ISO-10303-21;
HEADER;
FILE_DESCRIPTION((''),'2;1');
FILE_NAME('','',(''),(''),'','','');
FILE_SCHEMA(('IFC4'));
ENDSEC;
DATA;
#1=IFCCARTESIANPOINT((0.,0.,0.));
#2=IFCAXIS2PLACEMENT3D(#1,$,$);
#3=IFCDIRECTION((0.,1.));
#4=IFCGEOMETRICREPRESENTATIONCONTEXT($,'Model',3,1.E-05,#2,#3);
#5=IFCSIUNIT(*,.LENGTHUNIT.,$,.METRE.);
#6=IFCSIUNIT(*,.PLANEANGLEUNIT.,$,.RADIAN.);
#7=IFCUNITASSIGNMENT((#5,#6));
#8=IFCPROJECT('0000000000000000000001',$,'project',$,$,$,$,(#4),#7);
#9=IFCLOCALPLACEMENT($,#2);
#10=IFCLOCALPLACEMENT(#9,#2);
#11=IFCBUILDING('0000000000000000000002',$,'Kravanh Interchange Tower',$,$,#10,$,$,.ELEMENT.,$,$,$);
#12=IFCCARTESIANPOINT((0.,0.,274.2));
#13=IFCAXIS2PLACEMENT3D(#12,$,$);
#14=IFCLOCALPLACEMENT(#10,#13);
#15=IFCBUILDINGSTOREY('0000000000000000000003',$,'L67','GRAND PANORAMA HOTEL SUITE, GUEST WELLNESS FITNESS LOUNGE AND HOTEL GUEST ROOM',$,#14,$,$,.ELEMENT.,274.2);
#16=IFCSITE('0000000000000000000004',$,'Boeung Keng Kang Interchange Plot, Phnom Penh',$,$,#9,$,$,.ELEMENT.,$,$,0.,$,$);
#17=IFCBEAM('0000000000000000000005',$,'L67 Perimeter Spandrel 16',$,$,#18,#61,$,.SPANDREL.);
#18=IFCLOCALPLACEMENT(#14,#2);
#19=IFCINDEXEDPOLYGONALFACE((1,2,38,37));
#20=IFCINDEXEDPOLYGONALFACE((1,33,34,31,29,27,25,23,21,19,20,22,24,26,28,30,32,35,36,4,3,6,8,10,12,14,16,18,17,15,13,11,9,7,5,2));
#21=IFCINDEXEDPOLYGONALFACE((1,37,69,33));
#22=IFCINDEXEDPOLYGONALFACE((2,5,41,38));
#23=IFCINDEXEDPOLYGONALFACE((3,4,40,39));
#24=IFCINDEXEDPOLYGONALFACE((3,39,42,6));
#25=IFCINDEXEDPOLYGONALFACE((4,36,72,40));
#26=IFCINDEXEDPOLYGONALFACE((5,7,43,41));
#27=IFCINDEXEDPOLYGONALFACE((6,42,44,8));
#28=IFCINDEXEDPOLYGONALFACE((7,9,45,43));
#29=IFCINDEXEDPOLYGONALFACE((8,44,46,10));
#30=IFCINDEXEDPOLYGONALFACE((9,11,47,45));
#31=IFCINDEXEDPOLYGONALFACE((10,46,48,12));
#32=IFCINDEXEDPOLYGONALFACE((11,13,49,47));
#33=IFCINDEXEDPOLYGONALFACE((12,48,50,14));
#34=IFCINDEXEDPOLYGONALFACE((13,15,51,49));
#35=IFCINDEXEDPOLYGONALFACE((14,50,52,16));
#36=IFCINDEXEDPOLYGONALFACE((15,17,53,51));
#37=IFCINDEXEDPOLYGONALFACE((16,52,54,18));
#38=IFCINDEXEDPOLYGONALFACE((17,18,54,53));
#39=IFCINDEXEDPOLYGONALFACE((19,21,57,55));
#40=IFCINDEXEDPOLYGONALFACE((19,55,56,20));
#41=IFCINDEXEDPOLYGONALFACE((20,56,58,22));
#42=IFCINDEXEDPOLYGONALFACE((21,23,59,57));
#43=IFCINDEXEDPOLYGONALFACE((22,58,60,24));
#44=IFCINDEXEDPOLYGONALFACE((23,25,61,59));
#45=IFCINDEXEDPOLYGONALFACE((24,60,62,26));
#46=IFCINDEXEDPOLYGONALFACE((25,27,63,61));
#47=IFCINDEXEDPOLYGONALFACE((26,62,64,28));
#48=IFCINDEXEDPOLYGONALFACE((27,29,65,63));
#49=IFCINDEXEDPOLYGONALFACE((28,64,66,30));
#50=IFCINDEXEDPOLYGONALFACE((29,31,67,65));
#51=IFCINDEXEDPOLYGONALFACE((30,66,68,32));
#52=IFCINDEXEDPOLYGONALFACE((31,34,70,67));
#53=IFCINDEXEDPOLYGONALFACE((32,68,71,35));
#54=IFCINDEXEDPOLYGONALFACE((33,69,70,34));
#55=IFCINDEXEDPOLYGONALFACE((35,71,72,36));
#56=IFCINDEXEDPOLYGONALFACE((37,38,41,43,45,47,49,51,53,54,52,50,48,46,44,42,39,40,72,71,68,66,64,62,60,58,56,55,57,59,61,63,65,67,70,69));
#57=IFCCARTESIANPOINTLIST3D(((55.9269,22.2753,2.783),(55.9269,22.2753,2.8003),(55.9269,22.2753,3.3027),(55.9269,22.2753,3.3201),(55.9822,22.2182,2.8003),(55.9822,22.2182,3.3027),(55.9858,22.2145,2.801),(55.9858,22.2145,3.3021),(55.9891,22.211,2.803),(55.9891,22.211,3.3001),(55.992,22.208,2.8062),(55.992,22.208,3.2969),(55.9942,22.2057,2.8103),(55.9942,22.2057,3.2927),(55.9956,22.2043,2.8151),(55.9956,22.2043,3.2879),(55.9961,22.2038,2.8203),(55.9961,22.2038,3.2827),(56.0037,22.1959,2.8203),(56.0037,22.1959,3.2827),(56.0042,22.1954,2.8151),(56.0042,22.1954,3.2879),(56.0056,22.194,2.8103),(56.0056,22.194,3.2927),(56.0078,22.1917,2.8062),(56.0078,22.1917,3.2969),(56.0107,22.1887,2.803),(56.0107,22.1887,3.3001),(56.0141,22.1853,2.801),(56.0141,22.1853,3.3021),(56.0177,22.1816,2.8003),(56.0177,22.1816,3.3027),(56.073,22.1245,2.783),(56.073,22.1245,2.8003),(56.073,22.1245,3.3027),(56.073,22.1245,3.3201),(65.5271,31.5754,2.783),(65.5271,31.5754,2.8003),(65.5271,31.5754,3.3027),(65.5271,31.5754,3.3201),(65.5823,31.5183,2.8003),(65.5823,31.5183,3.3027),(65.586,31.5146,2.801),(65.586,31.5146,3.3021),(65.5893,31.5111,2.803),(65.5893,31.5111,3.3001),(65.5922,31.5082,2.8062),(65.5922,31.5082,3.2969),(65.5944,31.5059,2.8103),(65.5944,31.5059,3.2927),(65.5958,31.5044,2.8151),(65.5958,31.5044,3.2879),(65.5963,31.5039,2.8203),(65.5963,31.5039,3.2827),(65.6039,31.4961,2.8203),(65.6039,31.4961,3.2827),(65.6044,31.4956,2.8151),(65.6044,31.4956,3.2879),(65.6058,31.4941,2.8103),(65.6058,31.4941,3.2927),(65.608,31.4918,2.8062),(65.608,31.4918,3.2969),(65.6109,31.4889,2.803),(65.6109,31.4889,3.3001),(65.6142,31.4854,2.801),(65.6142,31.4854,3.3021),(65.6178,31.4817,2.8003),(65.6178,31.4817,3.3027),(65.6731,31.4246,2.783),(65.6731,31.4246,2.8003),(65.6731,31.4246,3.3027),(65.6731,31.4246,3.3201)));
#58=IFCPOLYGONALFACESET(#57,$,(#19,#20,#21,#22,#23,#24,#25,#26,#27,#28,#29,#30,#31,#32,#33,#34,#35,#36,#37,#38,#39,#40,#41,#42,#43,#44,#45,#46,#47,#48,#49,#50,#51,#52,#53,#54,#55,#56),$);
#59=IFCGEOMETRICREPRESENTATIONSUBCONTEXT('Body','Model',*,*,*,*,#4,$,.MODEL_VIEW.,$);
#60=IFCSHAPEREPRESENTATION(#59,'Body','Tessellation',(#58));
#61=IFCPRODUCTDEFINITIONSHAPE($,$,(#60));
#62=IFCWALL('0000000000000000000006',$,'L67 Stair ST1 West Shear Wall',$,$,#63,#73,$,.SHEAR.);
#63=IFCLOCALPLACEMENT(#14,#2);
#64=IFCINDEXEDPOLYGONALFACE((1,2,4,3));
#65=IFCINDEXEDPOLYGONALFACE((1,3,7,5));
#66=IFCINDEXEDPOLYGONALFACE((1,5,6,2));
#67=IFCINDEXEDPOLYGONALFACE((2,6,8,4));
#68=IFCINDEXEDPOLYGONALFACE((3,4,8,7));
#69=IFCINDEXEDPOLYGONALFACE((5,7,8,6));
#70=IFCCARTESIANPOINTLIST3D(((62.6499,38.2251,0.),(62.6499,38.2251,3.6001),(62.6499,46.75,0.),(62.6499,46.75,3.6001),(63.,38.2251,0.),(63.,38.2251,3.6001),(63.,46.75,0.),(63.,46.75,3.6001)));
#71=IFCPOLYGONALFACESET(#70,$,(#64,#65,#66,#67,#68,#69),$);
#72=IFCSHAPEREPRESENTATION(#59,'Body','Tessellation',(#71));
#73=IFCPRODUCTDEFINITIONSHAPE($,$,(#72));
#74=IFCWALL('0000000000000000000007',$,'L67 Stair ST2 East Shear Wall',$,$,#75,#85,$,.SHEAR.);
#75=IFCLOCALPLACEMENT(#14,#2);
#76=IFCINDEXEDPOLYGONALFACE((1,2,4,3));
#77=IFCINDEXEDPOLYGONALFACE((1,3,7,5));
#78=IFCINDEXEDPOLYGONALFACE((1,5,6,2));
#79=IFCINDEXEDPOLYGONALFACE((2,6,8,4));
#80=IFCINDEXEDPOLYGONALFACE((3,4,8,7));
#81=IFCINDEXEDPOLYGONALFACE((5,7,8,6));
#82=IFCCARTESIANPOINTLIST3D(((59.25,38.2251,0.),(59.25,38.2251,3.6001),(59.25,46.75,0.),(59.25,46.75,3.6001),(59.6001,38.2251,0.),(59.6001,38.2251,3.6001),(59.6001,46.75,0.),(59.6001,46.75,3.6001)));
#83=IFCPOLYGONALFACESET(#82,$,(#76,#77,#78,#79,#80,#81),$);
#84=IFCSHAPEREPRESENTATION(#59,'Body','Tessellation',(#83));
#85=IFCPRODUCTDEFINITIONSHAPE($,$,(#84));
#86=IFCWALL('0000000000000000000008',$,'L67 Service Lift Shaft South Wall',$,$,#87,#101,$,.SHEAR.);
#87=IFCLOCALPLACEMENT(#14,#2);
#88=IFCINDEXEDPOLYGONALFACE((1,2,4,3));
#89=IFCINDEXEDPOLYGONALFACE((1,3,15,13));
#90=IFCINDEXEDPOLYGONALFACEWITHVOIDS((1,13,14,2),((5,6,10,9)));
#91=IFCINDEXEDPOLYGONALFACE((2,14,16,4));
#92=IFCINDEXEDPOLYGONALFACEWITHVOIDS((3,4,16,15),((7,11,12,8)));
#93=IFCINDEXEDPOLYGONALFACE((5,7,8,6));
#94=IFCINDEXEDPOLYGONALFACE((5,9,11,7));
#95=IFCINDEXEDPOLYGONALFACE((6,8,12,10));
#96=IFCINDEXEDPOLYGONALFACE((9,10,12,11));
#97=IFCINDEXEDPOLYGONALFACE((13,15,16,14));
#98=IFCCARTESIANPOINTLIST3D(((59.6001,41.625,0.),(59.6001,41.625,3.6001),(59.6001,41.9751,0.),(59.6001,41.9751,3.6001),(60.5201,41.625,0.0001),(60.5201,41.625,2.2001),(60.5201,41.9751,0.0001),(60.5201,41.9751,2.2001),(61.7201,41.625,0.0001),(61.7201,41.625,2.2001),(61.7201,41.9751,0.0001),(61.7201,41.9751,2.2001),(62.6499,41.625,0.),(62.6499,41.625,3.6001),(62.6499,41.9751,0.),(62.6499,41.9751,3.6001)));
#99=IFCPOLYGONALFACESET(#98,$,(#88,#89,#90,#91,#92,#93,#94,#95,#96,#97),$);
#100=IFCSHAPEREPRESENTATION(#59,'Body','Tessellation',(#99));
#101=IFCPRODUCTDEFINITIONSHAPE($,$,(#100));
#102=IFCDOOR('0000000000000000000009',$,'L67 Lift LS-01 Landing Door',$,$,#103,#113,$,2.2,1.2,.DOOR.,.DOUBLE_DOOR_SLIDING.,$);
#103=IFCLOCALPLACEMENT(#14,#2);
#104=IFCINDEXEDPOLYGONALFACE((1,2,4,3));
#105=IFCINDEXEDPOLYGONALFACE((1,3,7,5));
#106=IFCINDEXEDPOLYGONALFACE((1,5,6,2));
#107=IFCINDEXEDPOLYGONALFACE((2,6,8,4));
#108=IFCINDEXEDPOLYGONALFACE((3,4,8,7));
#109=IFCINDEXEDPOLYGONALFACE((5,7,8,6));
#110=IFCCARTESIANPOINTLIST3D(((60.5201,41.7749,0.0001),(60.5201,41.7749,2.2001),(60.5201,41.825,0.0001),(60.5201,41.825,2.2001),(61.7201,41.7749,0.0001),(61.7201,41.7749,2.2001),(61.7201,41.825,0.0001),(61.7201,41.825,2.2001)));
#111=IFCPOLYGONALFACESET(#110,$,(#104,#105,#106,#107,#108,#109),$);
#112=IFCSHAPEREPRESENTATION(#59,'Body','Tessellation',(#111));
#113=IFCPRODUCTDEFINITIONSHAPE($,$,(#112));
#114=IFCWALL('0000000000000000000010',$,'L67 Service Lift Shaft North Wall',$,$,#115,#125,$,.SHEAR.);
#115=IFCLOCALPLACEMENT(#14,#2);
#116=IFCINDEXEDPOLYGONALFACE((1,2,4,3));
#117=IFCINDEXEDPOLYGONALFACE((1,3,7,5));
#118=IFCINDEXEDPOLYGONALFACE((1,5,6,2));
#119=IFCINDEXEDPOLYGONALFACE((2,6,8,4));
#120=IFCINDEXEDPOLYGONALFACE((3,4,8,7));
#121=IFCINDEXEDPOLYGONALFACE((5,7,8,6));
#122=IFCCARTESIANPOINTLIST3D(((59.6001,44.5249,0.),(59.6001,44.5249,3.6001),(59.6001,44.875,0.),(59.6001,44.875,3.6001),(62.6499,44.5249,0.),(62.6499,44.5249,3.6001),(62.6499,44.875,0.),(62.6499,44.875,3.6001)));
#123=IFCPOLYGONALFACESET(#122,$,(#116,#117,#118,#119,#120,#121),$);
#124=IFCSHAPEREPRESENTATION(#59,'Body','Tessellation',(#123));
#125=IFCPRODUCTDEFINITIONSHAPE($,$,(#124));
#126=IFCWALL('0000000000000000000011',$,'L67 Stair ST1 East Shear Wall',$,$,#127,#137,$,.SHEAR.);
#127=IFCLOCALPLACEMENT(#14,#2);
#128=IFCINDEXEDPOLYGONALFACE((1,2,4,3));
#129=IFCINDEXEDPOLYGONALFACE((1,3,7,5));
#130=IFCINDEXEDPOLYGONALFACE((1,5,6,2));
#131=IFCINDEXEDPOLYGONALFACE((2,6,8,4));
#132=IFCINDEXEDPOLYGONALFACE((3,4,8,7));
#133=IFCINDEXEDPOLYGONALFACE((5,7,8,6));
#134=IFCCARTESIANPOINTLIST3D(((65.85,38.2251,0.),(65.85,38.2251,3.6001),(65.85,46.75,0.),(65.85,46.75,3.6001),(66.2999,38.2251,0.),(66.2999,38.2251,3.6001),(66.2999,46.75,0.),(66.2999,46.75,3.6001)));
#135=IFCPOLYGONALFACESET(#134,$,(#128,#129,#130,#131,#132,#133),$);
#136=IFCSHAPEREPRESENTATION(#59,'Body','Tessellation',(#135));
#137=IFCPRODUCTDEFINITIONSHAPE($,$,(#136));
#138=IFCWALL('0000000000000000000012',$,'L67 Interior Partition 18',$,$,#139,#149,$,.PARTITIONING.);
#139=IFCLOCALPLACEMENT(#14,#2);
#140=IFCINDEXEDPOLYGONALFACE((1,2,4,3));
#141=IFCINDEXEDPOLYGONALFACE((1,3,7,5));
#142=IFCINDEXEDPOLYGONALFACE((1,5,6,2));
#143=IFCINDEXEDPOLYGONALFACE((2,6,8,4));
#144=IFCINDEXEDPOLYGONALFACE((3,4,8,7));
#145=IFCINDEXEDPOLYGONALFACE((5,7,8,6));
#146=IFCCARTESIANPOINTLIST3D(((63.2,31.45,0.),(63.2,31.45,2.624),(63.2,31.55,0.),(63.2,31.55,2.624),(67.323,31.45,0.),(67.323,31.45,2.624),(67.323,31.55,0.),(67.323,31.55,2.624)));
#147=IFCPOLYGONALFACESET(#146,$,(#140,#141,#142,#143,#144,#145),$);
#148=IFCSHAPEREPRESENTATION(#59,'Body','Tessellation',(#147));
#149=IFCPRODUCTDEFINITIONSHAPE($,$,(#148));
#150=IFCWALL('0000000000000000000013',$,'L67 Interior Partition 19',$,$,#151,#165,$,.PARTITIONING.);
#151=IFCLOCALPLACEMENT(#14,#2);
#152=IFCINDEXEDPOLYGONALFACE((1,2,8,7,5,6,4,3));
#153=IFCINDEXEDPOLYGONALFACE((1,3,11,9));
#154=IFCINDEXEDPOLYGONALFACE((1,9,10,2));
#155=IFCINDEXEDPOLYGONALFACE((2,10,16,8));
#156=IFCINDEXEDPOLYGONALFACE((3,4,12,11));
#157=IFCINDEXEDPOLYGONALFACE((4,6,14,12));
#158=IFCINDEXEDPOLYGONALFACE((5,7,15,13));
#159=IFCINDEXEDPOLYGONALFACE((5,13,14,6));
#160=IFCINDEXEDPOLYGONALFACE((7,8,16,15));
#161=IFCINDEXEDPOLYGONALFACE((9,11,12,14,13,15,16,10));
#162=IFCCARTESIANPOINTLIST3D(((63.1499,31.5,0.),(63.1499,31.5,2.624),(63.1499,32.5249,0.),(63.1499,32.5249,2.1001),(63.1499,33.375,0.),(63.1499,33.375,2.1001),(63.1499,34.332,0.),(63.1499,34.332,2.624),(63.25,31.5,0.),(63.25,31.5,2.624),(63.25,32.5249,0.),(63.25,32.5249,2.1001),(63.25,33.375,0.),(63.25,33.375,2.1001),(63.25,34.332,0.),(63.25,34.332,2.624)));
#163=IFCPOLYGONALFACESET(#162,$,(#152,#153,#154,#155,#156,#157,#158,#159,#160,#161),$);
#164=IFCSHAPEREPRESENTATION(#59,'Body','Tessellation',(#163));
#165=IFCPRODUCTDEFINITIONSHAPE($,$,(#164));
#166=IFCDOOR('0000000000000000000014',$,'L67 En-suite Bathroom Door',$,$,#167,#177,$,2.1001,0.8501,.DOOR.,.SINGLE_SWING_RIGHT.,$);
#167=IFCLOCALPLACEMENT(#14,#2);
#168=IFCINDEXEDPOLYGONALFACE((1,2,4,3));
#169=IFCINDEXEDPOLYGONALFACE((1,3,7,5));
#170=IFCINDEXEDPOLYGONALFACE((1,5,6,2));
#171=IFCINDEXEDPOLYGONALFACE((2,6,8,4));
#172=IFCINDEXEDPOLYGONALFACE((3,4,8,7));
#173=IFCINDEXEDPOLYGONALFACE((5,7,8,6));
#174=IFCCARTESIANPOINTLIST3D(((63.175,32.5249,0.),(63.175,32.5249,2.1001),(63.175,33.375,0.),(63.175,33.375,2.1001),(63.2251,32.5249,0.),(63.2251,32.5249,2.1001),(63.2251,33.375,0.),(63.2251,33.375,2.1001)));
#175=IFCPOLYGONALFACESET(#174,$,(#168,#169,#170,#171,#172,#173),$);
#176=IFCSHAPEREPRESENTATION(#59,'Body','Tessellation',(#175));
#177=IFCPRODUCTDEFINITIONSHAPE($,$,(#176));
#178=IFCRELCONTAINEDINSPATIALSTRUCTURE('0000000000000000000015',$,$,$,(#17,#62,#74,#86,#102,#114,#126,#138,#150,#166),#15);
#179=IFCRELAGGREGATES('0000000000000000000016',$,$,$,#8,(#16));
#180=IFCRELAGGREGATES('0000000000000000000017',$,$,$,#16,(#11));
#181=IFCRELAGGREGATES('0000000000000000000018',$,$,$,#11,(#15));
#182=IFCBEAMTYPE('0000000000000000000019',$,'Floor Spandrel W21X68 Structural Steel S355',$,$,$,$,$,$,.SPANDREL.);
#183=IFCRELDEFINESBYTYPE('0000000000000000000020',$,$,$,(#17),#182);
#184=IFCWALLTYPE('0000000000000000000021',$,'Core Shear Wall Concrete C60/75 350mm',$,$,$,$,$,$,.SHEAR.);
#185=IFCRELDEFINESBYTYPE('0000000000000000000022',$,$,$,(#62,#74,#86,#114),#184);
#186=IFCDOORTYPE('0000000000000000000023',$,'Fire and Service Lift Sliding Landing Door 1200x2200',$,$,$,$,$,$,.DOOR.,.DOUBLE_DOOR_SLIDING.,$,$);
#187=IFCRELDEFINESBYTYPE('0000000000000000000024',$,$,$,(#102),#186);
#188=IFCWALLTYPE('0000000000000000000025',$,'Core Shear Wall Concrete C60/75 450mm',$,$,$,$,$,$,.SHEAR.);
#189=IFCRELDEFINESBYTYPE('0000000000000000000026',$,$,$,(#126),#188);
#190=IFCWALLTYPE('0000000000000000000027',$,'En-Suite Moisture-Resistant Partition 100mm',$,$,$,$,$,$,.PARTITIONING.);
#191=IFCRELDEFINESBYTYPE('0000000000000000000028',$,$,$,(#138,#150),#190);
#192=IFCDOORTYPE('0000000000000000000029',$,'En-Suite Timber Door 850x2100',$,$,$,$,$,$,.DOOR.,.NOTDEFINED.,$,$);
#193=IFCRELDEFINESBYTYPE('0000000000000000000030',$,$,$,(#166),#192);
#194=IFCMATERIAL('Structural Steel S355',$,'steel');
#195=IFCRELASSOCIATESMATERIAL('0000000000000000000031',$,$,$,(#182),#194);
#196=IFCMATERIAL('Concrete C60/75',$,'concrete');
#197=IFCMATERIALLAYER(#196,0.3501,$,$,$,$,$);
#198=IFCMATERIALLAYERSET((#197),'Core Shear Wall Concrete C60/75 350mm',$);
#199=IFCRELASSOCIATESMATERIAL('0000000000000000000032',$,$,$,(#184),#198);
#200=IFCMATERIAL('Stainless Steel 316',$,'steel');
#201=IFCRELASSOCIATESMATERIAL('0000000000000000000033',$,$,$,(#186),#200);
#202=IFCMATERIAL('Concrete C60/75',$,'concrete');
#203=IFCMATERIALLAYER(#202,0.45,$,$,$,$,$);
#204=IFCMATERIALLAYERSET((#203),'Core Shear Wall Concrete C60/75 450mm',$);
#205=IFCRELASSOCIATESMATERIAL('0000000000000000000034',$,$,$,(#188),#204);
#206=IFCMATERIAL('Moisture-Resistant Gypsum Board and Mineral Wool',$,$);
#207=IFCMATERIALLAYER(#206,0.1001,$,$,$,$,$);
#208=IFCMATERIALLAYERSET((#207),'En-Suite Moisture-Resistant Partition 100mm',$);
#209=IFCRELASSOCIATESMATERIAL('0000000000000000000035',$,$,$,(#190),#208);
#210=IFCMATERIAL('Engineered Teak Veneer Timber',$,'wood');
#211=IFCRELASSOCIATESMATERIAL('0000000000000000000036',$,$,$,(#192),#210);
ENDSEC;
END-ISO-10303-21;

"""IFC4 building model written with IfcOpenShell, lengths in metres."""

from ifc_helpers import new_model, si_unit, direction, frame, frame_2d, origin, origin_2d, place, context, subcontext, project, spatial, rectangle, i_section, extrude, material, layer, layer_set, material_profile, profile_set, type_object, element, fill, save


model = new_model("IFC4")

# Units and contexts
model_context = context("Model", 3, precision=1e-05, world=origin(), true_north=direction((0.0, 1.0)))
body_context = subcontext(model_context, "Body", "Model", "MODEL_VIEW")
ifc_project = project(units=[si_unit("LENGTHUNIT", "METRE"), si_unit("PLANEANGLEUNIT", "RADIAN")], contexts=[model_context])

# Site, building, storey
site_placement = place(None, origin())
site = spatial("IfcSite", under=ifc_project, at=site_placement, Name="Boeung Keng Kang Interchange Plot, Phnom Penh", CompositionType="ELEMENT", RefElevation=0.0)
building_placement = place(site_placement, origin())
building = spatial("IfcBuilding", under=site, at=building_placement, Name="Kravanh Interchange Tower", CompositionType="ELEMENT")
storey_placement = place(building_placement, frame((0.0, 0.0, 274.2)))
storey = spatial("IfcBuildingStorey", under=building, at=storey_placement, Name="L67", Description="GRAND PANORAMA HOTEL SUITE, GUEST WELLNESS FITNESS LOUNGE AND HOTEL GUEST ROOM", CompositionType="ELEMENT", Elevation=274.2)

# Beam
ifc_material_1 = material(Name="Structural Steel S355", Category="steel")
ifc_material_profile_1 = material_profile(ifc_material_1, i_section(OverallWidth=0.21, OverallDepth=0.5371, WebThickness=0.011, FlangeThickness=0.0173, FilletRadius=0.02, at=origin_2d()), Name="W21X68")
ifc_profile_set_1 = profile_set([ifc_material_profile_1], Name="Structural Steel S355")
beam_type_1 = type_object("IfcBeamType", Name="Floor Spandrel W21X68 Structural Steel S355", PredefinedType="SPANDREL", material=ifc_profile_set_1)
beam_1_placement = place(storey_placement, frame((65.6001, 31.5, 3.0515), z_axis=(-0.718242, -0.695793, 0.0), x_axis=(0.695793, -0.718242, 0.0)))
element("IfcBeam", 1, at=beam_1_placement, inside=storey, type_object=beam_type_1, Name="L67 Perimeter Spandrel 16", PredefinedType="SPANDREL", context=body_context, shape_type="SweptSolid", body=[
    extrude(i_section(OverallWidth=0.21, OverallDepth=0.5371, WebThickness=0.011, FlangeThickness=0.0173, FilletRadius=0.02, at=origin_2d()), origin(), (0.0, 0.0, 1.0), 13.3662),
])

# Walls
ifc_material_2 = material(Name="Concrete C60/75", Category="concrete")
ifc_layer_1 = layer(ifc_material_2, 0.3501)
ifc_layer_set_1 = layer_set([ifc_layer_1], Name="Core Shear Wall Concrete C60/75 350mm")
wall_type_1 = type_object("IfcWallType", Name="Core Shear Wall Concrete C60/75 350mm", PredefinedType="SHEAR", material=ifc_layer_set_1)
for number, where, z_axis, x_axis, name in (
    (2, (62.825, 38.2251, 0.0), (0.0, 0.0, 1.0), (0.0, 1.0, 0.0), "L67 Stair ST1 West Shear Wall"),
    (3, (59.425, 38.2251, 0.0), (0.0, 0.0, 1.0), (0.0, 1.0, 0.0), "L67 Stair ST2 East Shear Wall"),
):
    element("IfcWall", number, at=place(storey_placement, frame(where, z_axis=z_axis, x_axis=x_axis)), inside=storey, type_object=wall_type_1, Name=name, PredefinedType="SHEAR", context=body_context, shape_type="SweptSolid", body=[
        extrude(rectangle(XDim=8.5249, YDim=0.3501, at=frame_2d((4.2625, 0.0))), origin(), (0.0, 0.0, 1.0), 3.6001),
    ])

# Wall, opening, door
wall_1_placement = place(storey_placement, frame((59.6001, 41.8, 0.0), z_axis=(0.0, 0.0, 1.0), x_axis=(1.0, 0.0, 0.0)))
wall_1 = element("IfcWall", 4, at=wall_1_placement, inside=storey, type_object=wall_type_1, Name="L67 Service Lift Shaft South Wall", PredefinedType="SHEAR", context=body_context, shape_type="SweptSolid", body=[
    extrude(rectangle(XDim=3.0498, YDim=0.3501, at=frame_2d((1.5249, 0.0))), origin(), (0.0, 0.0, 1.0), 3.6001),
])
opening_1_placement = place(wall_1_placement, frame((0.9199, 0.0, 0.0)))
opening_1 = element("IfcOpeningElement", 5, at=opening_1_placement, cuts=wall_1, PredefinedType="OPENING", context=body_context, shape_type="SweptSolid", body=[
    extrude(rectangle(XDim=1.2, YDim=2.2, at=frame_2d((0.6001, 1.1001))), frame((0.0, 0.1851, 0.0), z_axis=(0.0, -1.0, 0.0), x_axis=(1.0, 0.0, 0.0)), (0.0, 0.0, 1.0), 0.3701),
])
ifc_material_3 = material(Name="Stainless Steel 316", Category="steel")
door_type_1 = type_object("IfcDoorType", Name="Fire and Service Lift Sliding Landing Door 1200x2200", OperationType="DOUBLE_DOOR_SLIDING", PredefinedType="DOOR", material=ifc_material_3)
door_1_placement = place(opening_1_placement, origin())
door_1 = element("IfcDoor", 6, at=door_1_placement, inside=storey, type_object=door_type_1, Name="L67 Lift LS-01 Landing Door", OperationType="DOUBLE_DOOR_SLIDING", OverallHeight=2.2, OverallWidth=1.2, PredefinedType="DOOR", context=body_context, shape_type="SweptSolid", body=[
    extrude(rectangle(XDim=1.2, YDim=2.2, at=frame_2d((0.6001, 1.1001))), frame((0.0, 0.0249, 0.0), z_axis=(0.0, -1.0, 0.0), x_axis=(1.0, 0.0, 0.0)), (0.0, 0.0, 1.0), 0.05),
])
fill(opening_1, door_1)

# Walls
wall_2_placement = place(storey_placement, frame((59.6001, 44.7, 0.0), z_axis=(0.0, 0.0, 1.0), x_axis=(1.0, 0.0, 0.0)))
element("IfcWall", 7, at=wall_2_placement, inside=storey, type_object=wall_type_1, Name="L67 Service Lift Shaft North Wall", PredefinedType="SHEAR", context=body_context, shape_type="SweptSolid", body=[
    extrude(rectangle(XDim=3.0498, YDim=0.3501, at=frame_2d((1.5249, 0.0))), origin(), (0.0, 0.0, 1.0), 3.6001),
])
ifc_material_4 = material(Name="Concrete C60/75", Category="concrete")
ifc_layer_2 = layer(ifc_material_4, 0.45)
ifc_layer_set_2 = layer_set([ifc_layer_2], Name="Core Shear Wall Concrete C60/75 450mm")
wall_type_2 = type_object("IfcWallType", Name="Core Shear Wall Concrete C60/75 450mm", PredefinedType="SHEAR", material=ifc_layer_set_2)
wall_3_placement = place(storey_placement, frame((66.075, 38.2251, 0.0), z_axis=(0.0, 0.0, 1.0), x_axis=(0.0, 1.0, 0.0)))
element("IfcWall", 8, at=wall_3_placement, inside=storey, type_object=wall_type_2, Name="L67 Stair ST1 East Shear Wall", PredefinedType="SHEAR", context=body_context, shape_type="SweptSolid", body=[
    extrude(rectangle(XDim=8.5249, YDim=0.45, at=frame_2d((4.2625, 0.0))), origin(), (0.0, 0.0, 1.0), 3.6001),
])
ifc_material_5 = material(Name="Moisture-Resistant Gypsum Board and Mineral Wool")
ifc_layer_3 = layer(ifc_material_5, 0.1001)
ifc_layer_set_3 = layer_set([ifc_layer_3], Name="En-Suite Moisture-Resistant Partition 100mm")
wall_type_3 = type_object("IfcWallType", Name="En-Suite Moisture-Resistant Partition 100mm", PredefinedType="PARTITIONING", material=ifc_layer_set_3)
wall_4_placement = place(storey_placement, frame((63.2, 31.5, 0.0), z_axis=(0.0, 0.0, 1.0), x_axis=(1.0, 0.0, 0.0)))
element("IfcWall", 9, at=wall_4_placement, inside=storey, type_object=wall_type_3, Name="L67 Interior Partition 18", PredefinedType="PARTITIONING", context=body_context, shape_type="SweptSolid", body=[
    extrude(rectangle(XDim=4.123, YDim=0.1001, at=frame_2d((2.0615, 0.0))), origin(), (0.0, 0.0, 1.0), 2.624),
])

# Wall, opening, door
wall_5_placement = place(storey_placement, frame((63.2, 31.5, 0.0), z_axis=(0.0, 0.0, 1.0), x_axis=(0.0, 1.0, 0.0)))
wall_5 = element("IfcWall", 10, at=wall_5_placement, inside=storey, type_object=wall_type_3, Name="L67 Interior Partition 19", PredefinedType="PARTITIONING", context=body_context, shape_type="SweptSolid", body=[
    extrude(rectangle(XDim=2.832, YDim=0.1001, at=frame_2d((1.416, 0.0))), origin(), (0.0, 0.0, 1.0), 2.624),
])
opening_2_placement = place(wall_5_placement, frame((1.0249, 0.0, 0.0)))
opening_2 = element("IfcOpeningElement", 11, at=opening_2_placement, cuts=wall_5, PredefinedType="OPENING", context=body_context, shape_type="SweptSolid", body=[
    extrude(rectangle(XDim=0.8501, YDim=2.1001, at=frame_2d((0.425, 1.05))), frame((0.0, 0.0601, 0.0), z_axis=(0.0, -1.0, 0.0), x_axis=(1.0, 0.0, 0.0)), (0.0, 0.0, 1.0), 0.1201),
])
ifc_material_6 = material(Name="Engineered Teak Veneer Timber", Category="wood")
door_type_2 = type_object("IfcDoorType", Name="En-Suite Timber Door 850x2100", OperationType="NOTDEFINED", PredefinedType="DOOR", material=ifc_material_6)
door_2_placement = place(opening_2_placement, origin())
door_2 = element("IfcDoor", 12, at=door_2_placement, inside=storey, type_object=door_type_2, Name="L67 En-suite Bathroom Door", OperationType="SINGLE_SWING_RIGHT", OverallHeight=2.1001, OverallWidth=0.8501, PredefinedType="DOOR", context=body_context, shape_type="SweptSolid", body=[
    extrude(rectangle(XDim=0.8501, YDim=2.1001, at=frame_2d((0.425, 1.05))), frame((0.0, 0.0249, 0.0), z_axis=(0.0, -1.0, 0.0), x_axis=(1.0, 0.0, 0.0)), (0.0, 0.0, 1.0), 0.05),
])
fill(opening_2, door_2)

save(model, "model.ifc")
